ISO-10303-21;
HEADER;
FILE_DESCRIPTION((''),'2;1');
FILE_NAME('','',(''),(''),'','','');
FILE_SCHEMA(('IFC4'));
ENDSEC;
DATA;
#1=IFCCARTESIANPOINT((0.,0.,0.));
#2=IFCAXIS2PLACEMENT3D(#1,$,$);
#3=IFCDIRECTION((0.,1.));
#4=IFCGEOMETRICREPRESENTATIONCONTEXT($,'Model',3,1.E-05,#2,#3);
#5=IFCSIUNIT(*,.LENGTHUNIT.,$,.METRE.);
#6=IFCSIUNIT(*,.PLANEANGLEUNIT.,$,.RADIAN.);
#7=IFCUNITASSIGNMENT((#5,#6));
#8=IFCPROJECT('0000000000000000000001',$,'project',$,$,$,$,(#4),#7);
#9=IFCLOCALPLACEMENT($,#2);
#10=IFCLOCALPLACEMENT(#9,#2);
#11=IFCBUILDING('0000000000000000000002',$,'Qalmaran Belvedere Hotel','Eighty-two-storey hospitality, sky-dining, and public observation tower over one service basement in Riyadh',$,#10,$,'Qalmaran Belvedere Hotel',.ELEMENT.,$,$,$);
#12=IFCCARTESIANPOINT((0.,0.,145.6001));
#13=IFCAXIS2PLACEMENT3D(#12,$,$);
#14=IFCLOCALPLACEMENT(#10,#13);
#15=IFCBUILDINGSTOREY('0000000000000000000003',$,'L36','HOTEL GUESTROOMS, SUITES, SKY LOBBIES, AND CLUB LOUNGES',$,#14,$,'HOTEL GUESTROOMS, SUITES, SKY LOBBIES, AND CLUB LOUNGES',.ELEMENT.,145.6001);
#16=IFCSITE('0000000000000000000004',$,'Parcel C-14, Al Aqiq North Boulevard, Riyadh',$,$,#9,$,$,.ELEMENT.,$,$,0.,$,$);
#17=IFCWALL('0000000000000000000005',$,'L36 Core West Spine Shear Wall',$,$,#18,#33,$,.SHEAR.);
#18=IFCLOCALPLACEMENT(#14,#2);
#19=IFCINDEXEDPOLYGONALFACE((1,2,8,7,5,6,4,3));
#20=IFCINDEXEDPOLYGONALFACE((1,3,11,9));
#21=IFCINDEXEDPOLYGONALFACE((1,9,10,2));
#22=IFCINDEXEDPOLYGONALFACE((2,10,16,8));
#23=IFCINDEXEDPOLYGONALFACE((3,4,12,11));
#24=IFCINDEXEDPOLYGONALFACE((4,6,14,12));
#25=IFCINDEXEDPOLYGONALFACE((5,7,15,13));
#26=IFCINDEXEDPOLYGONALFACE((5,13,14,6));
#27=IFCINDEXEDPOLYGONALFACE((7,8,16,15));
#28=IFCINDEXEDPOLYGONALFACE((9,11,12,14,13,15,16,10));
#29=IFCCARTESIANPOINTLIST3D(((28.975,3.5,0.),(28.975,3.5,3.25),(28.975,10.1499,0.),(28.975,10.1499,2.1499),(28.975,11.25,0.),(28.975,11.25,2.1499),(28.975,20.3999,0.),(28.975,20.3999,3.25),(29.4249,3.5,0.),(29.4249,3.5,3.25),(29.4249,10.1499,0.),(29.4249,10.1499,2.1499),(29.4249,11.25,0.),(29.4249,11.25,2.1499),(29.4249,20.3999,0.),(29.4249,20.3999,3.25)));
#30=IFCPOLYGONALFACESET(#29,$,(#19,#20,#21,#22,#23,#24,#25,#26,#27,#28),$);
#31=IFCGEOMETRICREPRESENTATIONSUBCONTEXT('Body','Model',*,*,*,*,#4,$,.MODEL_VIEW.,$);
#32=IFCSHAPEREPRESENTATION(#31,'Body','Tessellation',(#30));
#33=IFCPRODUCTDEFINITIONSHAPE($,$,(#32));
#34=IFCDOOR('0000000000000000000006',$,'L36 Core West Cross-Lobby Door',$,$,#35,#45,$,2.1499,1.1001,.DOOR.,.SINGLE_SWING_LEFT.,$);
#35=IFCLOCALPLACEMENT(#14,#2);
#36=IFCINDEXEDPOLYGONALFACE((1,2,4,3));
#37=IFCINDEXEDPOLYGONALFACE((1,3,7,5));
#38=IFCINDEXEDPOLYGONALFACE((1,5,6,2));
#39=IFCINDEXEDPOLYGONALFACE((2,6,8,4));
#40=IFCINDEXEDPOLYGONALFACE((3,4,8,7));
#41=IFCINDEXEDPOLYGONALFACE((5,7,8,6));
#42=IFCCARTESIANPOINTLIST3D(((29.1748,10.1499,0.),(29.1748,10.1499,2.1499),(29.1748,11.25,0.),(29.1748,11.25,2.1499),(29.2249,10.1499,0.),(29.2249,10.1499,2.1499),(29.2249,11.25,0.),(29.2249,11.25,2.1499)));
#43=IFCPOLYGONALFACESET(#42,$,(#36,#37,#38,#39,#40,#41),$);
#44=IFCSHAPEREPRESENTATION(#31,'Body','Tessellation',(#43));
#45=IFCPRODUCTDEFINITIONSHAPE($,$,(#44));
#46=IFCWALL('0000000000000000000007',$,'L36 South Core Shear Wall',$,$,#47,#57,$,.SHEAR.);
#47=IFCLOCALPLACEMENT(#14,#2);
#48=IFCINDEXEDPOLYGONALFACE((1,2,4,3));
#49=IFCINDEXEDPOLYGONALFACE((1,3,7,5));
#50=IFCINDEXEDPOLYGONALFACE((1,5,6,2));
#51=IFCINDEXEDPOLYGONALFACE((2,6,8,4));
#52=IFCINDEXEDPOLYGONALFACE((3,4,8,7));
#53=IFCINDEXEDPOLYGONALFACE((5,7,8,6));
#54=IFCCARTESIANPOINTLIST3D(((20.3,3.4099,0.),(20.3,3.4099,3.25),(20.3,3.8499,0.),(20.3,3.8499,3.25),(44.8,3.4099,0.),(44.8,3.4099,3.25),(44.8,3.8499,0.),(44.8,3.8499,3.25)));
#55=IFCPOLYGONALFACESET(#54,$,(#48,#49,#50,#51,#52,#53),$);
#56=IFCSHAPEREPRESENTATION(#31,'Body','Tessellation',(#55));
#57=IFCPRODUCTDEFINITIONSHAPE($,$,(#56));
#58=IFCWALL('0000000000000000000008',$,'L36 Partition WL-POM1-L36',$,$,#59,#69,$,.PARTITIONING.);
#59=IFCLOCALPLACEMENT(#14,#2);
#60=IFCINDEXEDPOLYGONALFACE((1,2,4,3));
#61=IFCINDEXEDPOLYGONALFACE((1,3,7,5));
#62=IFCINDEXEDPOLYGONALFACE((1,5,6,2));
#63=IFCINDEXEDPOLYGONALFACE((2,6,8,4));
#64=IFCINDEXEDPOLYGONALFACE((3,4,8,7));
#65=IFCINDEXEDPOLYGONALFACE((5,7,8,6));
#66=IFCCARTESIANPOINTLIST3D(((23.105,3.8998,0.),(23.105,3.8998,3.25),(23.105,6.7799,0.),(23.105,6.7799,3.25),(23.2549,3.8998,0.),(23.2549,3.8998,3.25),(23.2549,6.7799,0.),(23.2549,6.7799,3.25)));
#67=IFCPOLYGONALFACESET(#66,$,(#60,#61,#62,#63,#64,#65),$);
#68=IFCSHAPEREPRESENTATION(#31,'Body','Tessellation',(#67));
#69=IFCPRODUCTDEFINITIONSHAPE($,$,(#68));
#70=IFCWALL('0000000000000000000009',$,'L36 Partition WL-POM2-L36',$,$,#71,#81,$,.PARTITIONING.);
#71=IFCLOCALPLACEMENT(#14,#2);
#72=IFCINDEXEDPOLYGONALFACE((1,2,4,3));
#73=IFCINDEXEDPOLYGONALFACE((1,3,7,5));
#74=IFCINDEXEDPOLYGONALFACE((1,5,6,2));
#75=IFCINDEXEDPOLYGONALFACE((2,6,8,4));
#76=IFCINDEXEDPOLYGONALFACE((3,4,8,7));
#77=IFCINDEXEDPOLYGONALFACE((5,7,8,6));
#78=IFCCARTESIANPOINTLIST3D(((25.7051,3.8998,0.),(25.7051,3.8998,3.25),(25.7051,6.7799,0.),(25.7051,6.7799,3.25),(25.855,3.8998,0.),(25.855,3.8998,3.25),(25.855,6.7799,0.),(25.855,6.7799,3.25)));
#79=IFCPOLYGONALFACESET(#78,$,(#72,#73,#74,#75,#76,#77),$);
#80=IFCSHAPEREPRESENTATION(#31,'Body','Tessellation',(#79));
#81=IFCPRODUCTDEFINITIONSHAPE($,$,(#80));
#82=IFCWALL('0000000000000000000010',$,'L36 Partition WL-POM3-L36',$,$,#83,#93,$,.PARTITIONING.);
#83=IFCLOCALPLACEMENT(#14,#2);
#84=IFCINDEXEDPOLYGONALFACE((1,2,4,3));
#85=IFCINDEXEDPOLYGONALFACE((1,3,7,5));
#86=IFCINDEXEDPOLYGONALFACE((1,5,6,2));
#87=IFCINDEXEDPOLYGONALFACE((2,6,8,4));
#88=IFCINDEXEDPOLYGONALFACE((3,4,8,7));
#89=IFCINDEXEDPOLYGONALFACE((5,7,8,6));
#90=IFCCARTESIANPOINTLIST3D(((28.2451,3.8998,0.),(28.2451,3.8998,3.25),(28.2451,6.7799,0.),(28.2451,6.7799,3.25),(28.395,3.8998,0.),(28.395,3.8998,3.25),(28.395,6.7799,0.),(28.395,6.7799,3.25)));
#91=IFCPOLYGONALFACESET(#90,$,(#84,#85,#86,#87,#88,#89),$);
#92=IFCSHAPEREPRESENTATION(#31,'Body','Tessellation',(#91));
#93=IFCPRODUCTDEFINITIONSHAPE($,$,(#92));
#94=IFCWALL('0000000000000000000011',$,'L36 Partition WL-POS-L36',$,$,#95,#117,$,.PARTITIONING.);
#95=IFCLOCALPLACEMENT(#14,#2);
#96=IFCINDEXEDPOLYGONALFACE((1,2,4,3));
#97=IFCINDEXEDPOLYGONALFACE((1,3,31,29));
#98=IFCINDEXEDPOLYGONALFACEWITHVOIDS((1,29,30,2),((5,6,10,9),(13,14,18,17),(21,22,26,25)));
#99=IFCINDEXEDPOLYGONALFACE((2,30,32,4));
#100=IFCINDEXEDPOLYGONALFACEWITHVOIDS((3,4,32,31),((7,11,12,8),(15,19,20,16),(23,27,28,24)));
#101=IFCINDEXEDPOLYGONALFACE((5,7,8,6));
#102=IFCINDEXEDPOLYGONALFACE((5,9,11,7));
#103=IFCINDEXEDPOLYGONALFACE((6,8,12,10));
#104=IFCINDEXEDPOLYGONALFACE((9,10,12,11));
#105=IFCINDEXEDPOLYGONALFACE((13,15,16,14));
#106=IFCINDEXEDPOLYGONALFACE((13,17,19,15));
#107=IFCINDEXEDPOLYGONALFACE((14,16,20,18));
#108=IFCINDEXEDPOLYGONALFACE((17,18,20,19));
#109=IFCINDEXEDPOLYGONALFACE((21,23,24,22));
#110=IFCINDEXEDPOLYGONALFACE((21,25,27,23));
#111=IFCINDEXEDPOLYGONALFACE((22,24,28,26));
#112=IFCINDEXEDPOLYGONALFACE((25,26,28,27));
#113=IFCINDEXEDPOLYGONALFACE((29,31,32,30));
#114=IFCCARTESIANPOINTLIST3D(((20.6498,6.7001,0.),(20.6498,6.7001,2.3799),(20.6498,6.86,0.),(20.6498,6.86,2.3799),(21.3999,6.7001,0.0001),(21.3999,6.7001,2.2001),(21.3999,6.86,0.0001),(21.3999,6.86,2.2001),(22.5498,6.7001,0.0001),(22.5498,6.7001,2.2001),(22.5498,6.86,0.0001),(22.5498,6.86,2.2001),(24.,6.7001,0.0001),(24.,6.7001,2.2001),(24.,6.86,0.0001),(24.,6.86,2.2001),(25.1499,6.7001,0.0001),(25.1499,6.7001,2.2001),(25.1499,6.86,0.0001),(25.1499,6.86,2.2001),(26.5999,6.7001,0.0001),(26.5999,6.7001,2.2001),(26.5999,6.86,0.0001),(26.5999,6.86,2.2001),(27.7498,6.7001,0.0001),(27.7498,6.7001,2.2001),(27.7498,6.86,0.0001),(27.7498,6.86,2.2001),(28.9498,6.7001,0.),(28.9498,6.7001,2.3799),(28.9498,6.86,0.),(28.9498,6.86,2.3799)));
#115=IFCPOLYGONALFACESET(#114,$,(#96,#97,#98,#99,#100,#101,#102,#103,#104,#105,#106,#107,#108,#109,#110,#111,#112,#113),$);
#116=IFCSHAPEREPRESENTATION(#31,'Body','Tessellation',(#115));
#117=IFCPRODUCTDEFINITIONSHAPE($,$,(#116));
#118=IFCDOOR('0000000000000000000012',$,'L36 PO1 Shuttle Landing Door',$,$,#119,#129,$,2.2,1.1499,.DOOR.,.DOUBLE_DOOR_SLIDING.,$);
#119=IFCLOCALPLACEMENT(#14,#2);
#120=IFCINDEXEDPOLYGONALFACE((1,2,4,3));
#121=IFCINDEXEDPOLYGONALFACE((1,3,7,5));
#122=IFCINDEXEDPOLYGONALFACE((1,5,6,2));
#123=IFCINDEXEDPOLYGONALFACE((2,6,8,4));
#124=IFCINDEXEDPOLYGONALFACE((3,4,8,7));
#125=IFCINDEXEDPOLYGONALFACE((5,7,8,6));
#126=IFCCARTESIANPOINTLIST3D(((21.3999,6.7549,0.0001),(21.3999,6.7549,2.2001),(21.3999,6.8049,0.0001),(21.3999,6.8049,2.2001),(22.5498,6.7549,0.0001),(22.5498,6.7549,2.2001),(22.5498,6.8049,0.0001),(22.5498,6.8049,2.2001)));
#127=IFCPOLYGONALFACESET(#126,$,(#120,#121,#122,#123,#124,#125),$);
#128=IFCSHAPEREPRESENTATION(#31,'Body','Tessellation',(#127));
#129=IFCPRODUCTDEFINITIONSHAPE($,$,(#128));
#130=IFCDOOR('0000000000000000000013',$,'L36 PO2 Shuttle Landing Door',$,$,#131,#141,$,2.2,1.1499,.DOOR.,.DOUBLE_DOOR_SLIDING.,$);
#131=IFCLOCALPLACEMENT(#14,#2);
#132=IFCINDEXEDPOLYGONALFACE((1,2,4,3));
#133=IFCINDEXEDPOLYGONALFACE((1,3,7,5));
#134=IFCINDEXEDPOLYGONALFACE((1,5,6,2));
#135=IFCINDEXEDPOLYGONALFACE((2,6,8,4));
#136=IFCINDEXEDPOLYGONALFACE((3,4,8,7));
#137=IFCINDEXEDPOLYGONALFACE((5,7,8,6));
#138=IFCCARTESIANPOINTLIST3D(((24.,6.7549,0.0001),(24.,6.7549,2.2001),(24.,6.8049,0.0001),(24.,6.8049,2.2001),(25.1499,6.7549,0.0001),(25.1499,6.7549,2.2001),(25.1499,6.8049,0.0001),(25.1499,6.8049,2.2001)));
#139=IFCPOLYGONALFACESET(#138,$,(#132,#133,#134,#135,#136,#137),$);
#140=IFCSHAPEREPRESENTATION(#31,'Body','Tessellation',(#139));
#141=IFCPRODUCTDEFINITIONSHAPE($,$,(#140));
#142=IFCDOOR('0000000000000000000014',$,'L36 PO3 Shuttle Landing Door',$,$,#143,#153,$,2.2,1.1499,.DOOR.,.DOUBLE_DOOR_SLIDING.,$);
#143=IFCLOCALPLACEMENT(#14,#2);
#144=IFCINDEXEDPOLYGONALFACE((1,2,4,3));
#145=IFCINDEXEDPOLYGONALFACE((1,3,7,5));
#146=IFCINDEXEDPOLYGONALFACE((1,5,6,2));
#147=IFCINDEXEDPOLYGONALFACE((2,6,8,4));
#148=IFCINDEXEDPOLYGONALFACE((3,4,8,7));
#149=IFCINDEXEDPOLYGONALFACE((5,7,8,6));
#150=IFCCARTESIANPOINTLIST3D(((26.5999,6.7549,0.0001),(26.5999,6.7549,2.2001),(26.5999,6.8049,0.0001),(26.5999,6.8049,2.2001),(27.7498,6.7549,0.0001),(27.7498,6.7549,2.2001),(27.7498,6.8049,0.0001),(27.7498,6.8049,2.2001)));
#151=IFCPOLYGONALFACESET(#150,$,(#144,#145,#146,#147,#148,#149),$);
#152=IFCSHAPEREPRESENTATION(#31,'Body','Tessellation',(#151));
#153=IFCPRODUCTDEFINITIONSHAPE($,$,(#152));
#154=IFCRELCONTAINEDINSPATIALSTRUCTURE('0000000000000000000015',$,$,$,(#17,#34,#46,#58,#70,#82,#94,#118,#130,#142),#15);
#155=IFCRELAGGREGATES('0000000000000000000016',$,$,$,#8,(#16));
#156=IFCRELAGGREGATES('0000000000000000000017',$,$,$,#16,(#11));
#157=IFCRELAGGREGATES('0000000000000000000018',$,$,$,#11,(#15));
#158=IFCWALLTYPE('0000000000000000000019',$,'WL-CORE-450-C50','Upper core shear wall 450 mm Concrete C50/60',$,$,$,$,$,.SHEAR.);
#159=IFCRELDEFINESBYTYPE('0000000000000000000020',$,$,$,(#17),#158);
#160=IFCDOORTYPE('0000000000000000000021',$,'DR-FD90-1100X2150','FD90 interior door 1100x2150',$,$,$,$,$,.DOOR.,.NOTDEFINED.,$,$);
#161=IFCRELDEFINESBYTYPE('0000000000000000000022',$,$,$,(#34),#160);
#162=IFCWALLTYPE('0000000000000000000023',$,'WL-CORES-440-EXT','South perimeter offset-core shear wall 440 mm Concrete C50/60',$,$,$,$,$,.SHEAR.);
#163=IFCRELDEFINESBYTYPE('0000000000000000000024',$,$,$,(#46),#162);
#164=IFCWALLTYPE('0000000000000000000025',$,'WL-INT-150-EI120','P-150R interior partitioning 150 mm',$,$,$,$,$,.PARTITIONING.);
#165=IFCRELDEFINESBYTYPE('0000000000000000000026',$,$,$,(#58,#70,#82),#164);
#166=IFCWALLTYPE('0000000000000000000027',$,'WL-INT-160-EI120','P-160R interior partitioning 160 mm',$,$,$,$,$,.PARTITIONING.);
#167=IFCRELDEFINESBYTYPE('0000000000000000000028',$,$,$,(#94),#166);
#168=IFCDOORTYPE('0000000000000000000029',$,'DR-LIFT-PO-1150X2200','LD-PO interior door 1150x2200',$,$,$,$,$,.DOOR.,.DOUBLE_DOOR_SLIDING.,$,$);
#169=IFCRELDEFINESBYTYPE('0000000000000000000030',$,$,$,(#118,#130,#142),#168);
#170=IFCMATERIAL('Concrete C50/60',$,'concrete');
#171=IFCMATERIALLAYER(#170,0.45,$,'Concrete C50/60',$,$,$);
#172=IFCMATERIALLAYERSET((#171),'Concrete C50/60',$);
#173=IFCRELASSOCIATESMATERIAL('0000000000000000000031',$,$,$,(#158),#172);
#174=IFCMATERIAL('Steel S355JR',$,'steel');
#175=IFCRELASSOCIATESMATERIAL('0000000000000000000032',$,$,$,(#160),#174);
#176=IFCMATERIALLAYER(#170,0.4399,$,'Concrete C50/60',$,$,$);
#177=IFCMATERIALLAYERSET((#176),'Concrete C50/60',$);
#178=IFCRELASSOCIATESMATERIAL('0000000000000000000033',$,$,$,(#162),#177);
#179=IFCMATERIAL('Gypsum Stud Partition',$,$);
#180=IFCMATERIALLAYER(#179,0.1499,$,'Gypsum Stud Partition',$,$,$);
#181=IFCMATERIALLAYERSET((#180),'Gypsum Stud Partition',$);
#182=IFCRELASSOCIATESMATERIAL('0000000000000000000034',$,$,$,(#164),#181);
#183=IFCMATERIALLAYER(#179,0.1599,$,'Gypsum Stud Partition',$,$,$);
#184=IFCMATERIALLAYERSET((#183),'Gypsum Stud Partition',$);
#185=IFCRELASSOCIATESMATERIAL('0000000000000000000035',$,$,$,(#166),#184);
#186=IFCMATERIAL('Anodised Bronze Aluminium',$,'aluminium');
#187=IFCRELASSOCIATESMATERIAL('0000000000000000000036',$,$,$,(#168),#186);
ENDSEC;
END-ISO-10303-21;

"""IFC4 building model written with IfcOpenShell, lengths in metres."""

from ifc_helpers import new_model, si_unit, direction, frame, frame_2d, origin, place, context, subcontext, project, spatial, rectangle, extrude, material, layer, layer_set, type_object, element, fill, save


model = new_model("IFC4")

# Units and contexts
model_context = context("Model", 3, precision=1e-05, world=origin(), true_north=direction((0.0, 1.0)))
body_context = subcontext(model_context, "Body", "Model", "MODEL_VIEW")
ifc_project = project(units=[si_unit("LENGTHUNIT", "METRE"), si_unit("PLANEANGLEUNIT", "RADIAN")], contexts=[model_context])

# Site, building, storey
site_placement = place(None, origin())
site = spatial("IfcSite", under=ifc_project, at=site_placement, Name="Parcel C-14, Al Aqiq North Boulevard, Riyadh", CompositionType="ELEMENT", RefElevation=0.0)
building_placement = place(site_placement, origin())
building = spatial("IfcBuilding", under=site, at=building_placement, Name="Qalmaran Belvedere Hotel", Description="Eighty-two-storey hospitality, sky-dining, and public observation tower over one service basement in Riyadh", LongName="Qalmaran Belvedere Hotel", CompositionType="ELEMENT")
storey_placement = place(building_placement, frame((0.0, 0.0, 145.6001)))
storey = spatial("IfcBuildingStorey", under=building, at=storey_placement, Name="L36", Description="HOTEL GUESTROOMS, SUITES, SKY LOBBIES, AND CLUB LOUNGES", LongName="HOTEL GUESTROOMS, SUITES, SKY LOBBIES, AND CLUB LOUNGES", CompositionType="ELEMENT", Elevation=145.6001)

# Shared definitions
ifc_material_1 = material(Name="Concrete C50/60", Category="concrete")

# Shared definitions
ifc_material_2 = material(Name="Steel S355JR", Category="steel")

# Shared definitions
ifc_material_3 = material(Name="Anodised Bronze Aluminium", Category="aluminium")

# Shared definitions
ifc_layer_1 = layer(ifc_material_1, 0.45, Name="Concrete C50/60")
ifc_layer_set_1 = layer_set([ifc_layer_1], Name="Concrete C50/60")
wall_type_1 = type_object("IfcWallType", Name="WL-CORE-450-C50", Description="Upper core shear wall 450 mm Concrete C50/60", PredefinedType="SHEAR", material=ifc_layer_set_1)

# Wall, opening, door
wall_1_placement = place(storey_placement, frame((29.2, 3.5, 0.0), z_axis=(0.0, 0.0, 1.0), x_axis=(0.0, 1.0, 0.0)))
wall_1 = element("IfcWall", 1, at=wall_1_placement, inside=storey, type_object=wall_type_1, Name="L36 Core West Spine Shear Wall", PredefinedType="SHEAR", context=body_context, shape_type="SweptSolid", body=[
    extrude(rectangle(XDim=16.8999, YDim=0.45, at=frame_2d((8.45, 0.0))), origin(), (0.0, 0.0, 1.0), 3.25),
])
opening_1_placement = place(wall_1_placement, frame((7.75, 0.0, 0.0), z_axis=(0.0, 0.0, 1.0), x_axis=(-1.0, 0.0, 0.0)))
opening_1 = element("IfcOpeningElement", 2, at=opening_1_placement, cuts=wall_1, PredefinedType="OPENING", context=body_context, shape_type="SweptSolid", body=[
    extrude(rectangle(XDim=1.1001, YDim=2.1499, at=frame_2d((0.55, 1.075))), frame((0.0, 0.2349, 0.0), z_axis=(0.0, -1.0, 0.0), x_axis=(1.0, 0.0, 0.0)), (0.0, 0.0, 1.0), 0.47),
])
door_type_1 = type_object("IfcDoorType", Name="DR-FD90-1100X2150", Description="FD90 interior door 1100x2150", OperationType="NOTDEFINED", PredefinedType="DOOR", material=ifc_material_2)
door_1_placement = place(opening_1_placement, origin())
door_1 = element("IfcDoor", 3, at=door_1_placement, inside=storey, type_object=door_type_1, Name="L36 Core West Cross-Lobby Door", OperationType="SINGLE_SWING_LEFT", OverallHeight=2.1499, OverallWidth=1.1001, PredefinedType="DOOR", context=body_context, shape_type="SweptSolid", body=[
    extrude(rectangle(XDim=1.1001, YDim=2.1499, at=frame_2d((0.55, 1.075))), frame((0.0, 0.0249, 0.0), z_axis=(0.0, -1.0, 0.0), x_axis=(1.0, 0.0, 0.0)), (0.0, 0.0, 1.0), 0.05),
])
fill(opening_1, door_1)

# Walls
ifc_layer_2 = layer(ifc_material_1, 0.4399, Name="Concrete C50/60")
ifc_layer_set_2 = layer_set([ifc_layer_2], Name="Concrete C50/60")
wall_type_2 = type_object("IfcWallType", Name="WL-CORES-440-EXT", Description="South perimeter offset-core shear wall 440 mm Concrete C50/60", PredefinedType="SHEAR", material=ifc_layer_set_2)
wall_2_placement = place(storey_placement, frame((20.3, 3.6299, 0.0), z_axis=(0.0, 0.0, 1.0), x_axis=(1.0, 0.0, 0.0)))
element("IfcWall", 4, at=wall_2_placement, inside=storey, type_object=wall_type_2, Name="L36 South Core Shear Wall", PredefinedType="SHEAR", context=body_context, shape_type="SweptSolid", body=[
    extrude(rectangle(XDim=24.5, YDim=0.4399, at=frame_2d((12.25, 0.0))), origin(), (0.0, 0.0, 1.0), 3.25),
])
ifc_material_4 = material(Name="Gypsum Stud Partition")
ifc_layer_3 = layer(ifc_material_4, 0.1499, Name="Gypsum Stud Partition")
ifc_layer_set_3 = layer_set([ifc_layer_3], Name="Gypsum Stud Partition")
wall_type_3 = type_object("IfcWallType", Name="WL-INT-150-EI120", Description="P-150R interior partitioning 150 mm", PredefinedType="PARTITIONING", material=ifc_layer_set_3)
for number, where, z_axis, x_axis, name in (
    (5, (23.1799, 3.8999, 0.0), (0.0, 0.0, 1.0), (0.0, 1.0, 0.0), "L36 Partition WL-POM1-L36"),
    (6, (25.78, 3.8999, 0.0), (0.0, 0.0, 1.0), (0.0, 1.0, 0.0), "L36 Partition WL-POM2-L36"),
    (7, (28.3201, 3.8999, 0.0), (0.0, 0.0, 1.0), (0.0, 1.0, 0.0), "L36 Partition WL-POM3-L36"),
):
    element("IfcWall", number, at=place(storey_placement, frame(where, z_axis=z_axis, x_axis=x_axis)), inside=storey, type_object=wall_type_3, Name=name, PredefinedType="PARTITIONING", context=body_context, shape_type="SweptSolid", body=[
        extrude(rectangle(XDim=2.8801, YDim=0.1499, at=frame_2d((1.4399, 0.0))), origin(), (0.0, 0.0, 1.0), 3.25),
    ])

# Wall, openings, doors
ifc_layer_4 = layer(ifc_material_4, 0.1599, Name="Gypsum Stud Partition")
ifc_layer_set_4 = layer_set([ifc_layer_4], Name="Gypsum Stud Partition")
wall_type_4 = type_object("IfcWallType", Name="WL-INT-160-EI120", Description="P-160R interior partitioning 160 mm", PredefinedType="PARTITIONING", material=ifc_layer_set_4)
wall_3_placement = place(storey_placement, frame((20.6499, 6.78, 0.0), z_axis=(0.0, 0.0, 1.0), x_axis=(1.0, 0.0, 0.0)))
wall_3 = element("IfcWall", 8, at=wall_3_placement, inside=storey, type_object=wall_type_4, Name="L36 Partition WL-POS-L36", PredefinedType="PARTITIONING", context=body_context, shape_type="SweptSolid", body=[
    extrude(rectangle(XDim=8.3, YDim=0.1599, at=frame_2d((4.1499, 0.0))), origin(), (0.0, 0.0, 1.0), 2.3799),
])
opening_2_placement = place(wall_3_placement, frame((0.75, 0.0, 0.0)))
opening_2 = element("IfcOpeningElement", 9, at=opening_2_placement, cuts=wall_3, PredefinedType="OPENING", context=body_context, shape_type="SweptSolid", body=[
    extrude(rectangle(XDim=1.1499, YDim=2.2, at=frame_2d((0.575, 1.1001))), frame((0.0, 0.0898, 0.0), z_axis=(0.0, -1.0, 0.0), x_axis=(1.0, 0.0, 0.0)), (0.0, 0.0, 1.0), 0.1799),
])
opening_3_placement = place(wall_3_placement, frame((3.3501, 0.0, 0.0)))
opening_3 = element("IfcOpeningElement", 10, at=opening_3_placement, cuts=wall_3, PredefinedType="OPENING", context=body_context, shape_type="SweptSolid", body=[
    extrude(rectangle(XDim=1.1499, YDim=2.2, at=frame_2d((0.575, 1.1001))), frame((0.0, 0.0898, 0.0), z_axis=(0.0, -1.0, 0.0), x_axis=(1.0, 0.0, 0.0)), (0.0, 0.0, 1.0), 0.1799),
])
opening_4_placement = place(wall_3_placement, frame((5.95, 0.0, 0.0)))
opening_4 = element("IfcOpeningElement", 11, at=opening_4_placement, cuts=wall_3, PredefinedType="OPENING", context=body_context, shape_type="SweptSolid", body=[
    extrude(rectangle(XDim=1.1499, YDim=2.2, at=frame_2d((0.575, 1.1001))), frame((0.0, 0.0898, 0.0), z_axis=(0.0, -1.0, 0.0), x_axis=(1.0, 0.0, 0.0)), (0.0, 0.0, 1.0), 0.1799),
])
door_type_2 = type_object("IfcDoorType", Name="DR-LIFT-PO-1150X2200", Description="LD-PO interior door 1150x2200", OperationType="DOUBLE_DOOR_SLIDING", PredefinedType="DOOR", material=ifc_material_3)
door_2_placement = place(opening_2_placement, origin())
door_2 = element("IfcDoor", 12, at=door_2_placement, inside=storey, type_object=door_type_2, Name="L36 PO1 Shuttle Landing Door", OperationType="DOUBLE_DOOR_SLIDING", OverallHeight=2.2, OverallWidth=1.1499, PredefinedType="DOOR", context=body_context, shape_type="SweptSolid", body=[
    extrude(rectangle(XDim=1.1499, YDim=2.2, at=frame_2d((0.575, 1.1001))), frame((0.0, 0.0249, 0.0), z_axis=(0.0, -1.0, 0.0), x_axis=(1.0, 0.0, 0.0)), (0.0, 0.0, 1.0), 0.05),
])
fill(opening_2, door_2)
door_3_placement = place(opening_3_placement, origin())
door_3 = element("IfcDoor", 13, at=door_3_placement, inside=storey, type_object=door_type_2, Name="L36 PO2 Shuttle Landing Door", OperationType="DOUBLE_DOOR_SLIDING", OverallHeight=2.2, OverallWidth=1.1499, PredefinedType="DOOR", context=body_context, shape_type="SweptSolid", body=[
    extrude(rectangle(XDim=1.1499, YDim=2.2, at=frame_2d((0.575, 1.1001))), frame((0.0, 0.0249, 0.0), z_axis=(0.0, -1.0, 0.0), x_axis=(1.0, 0.0, 0.0)), (0.0, 0.0, 1.0), 0.05),
])
fill(opening_3, door_3)
door_4_placement = place(opening_4_placement, origin())
door_4 = element("IfcDoor", 14, at=door_4_placement, inside=storey, type_object=door_type_2, Name="L36 PO3 Shuttle Landing Door", OperationType="DOUBLE_DOOR_SLIDING", OverallHeight=2.2, OverallWidth=1.1499, PredefinedType="DOOR", context=body_context, shape_type="SweptSolid", body=[
    extrude(rectangle(XDim=1.1499, YDim=2.2, at=frame_2d((0.575, 1.1001))), frame((0.0, 0.0249, 0.0), z_axis=(0.0, -1.0, 0.0), x_axis=(1.0, 0.0, 0.0)), (0.0, 0.0, 1.0), 0.05),
])
fill(opening_4, door_4)

save(model, "model.ifc")
